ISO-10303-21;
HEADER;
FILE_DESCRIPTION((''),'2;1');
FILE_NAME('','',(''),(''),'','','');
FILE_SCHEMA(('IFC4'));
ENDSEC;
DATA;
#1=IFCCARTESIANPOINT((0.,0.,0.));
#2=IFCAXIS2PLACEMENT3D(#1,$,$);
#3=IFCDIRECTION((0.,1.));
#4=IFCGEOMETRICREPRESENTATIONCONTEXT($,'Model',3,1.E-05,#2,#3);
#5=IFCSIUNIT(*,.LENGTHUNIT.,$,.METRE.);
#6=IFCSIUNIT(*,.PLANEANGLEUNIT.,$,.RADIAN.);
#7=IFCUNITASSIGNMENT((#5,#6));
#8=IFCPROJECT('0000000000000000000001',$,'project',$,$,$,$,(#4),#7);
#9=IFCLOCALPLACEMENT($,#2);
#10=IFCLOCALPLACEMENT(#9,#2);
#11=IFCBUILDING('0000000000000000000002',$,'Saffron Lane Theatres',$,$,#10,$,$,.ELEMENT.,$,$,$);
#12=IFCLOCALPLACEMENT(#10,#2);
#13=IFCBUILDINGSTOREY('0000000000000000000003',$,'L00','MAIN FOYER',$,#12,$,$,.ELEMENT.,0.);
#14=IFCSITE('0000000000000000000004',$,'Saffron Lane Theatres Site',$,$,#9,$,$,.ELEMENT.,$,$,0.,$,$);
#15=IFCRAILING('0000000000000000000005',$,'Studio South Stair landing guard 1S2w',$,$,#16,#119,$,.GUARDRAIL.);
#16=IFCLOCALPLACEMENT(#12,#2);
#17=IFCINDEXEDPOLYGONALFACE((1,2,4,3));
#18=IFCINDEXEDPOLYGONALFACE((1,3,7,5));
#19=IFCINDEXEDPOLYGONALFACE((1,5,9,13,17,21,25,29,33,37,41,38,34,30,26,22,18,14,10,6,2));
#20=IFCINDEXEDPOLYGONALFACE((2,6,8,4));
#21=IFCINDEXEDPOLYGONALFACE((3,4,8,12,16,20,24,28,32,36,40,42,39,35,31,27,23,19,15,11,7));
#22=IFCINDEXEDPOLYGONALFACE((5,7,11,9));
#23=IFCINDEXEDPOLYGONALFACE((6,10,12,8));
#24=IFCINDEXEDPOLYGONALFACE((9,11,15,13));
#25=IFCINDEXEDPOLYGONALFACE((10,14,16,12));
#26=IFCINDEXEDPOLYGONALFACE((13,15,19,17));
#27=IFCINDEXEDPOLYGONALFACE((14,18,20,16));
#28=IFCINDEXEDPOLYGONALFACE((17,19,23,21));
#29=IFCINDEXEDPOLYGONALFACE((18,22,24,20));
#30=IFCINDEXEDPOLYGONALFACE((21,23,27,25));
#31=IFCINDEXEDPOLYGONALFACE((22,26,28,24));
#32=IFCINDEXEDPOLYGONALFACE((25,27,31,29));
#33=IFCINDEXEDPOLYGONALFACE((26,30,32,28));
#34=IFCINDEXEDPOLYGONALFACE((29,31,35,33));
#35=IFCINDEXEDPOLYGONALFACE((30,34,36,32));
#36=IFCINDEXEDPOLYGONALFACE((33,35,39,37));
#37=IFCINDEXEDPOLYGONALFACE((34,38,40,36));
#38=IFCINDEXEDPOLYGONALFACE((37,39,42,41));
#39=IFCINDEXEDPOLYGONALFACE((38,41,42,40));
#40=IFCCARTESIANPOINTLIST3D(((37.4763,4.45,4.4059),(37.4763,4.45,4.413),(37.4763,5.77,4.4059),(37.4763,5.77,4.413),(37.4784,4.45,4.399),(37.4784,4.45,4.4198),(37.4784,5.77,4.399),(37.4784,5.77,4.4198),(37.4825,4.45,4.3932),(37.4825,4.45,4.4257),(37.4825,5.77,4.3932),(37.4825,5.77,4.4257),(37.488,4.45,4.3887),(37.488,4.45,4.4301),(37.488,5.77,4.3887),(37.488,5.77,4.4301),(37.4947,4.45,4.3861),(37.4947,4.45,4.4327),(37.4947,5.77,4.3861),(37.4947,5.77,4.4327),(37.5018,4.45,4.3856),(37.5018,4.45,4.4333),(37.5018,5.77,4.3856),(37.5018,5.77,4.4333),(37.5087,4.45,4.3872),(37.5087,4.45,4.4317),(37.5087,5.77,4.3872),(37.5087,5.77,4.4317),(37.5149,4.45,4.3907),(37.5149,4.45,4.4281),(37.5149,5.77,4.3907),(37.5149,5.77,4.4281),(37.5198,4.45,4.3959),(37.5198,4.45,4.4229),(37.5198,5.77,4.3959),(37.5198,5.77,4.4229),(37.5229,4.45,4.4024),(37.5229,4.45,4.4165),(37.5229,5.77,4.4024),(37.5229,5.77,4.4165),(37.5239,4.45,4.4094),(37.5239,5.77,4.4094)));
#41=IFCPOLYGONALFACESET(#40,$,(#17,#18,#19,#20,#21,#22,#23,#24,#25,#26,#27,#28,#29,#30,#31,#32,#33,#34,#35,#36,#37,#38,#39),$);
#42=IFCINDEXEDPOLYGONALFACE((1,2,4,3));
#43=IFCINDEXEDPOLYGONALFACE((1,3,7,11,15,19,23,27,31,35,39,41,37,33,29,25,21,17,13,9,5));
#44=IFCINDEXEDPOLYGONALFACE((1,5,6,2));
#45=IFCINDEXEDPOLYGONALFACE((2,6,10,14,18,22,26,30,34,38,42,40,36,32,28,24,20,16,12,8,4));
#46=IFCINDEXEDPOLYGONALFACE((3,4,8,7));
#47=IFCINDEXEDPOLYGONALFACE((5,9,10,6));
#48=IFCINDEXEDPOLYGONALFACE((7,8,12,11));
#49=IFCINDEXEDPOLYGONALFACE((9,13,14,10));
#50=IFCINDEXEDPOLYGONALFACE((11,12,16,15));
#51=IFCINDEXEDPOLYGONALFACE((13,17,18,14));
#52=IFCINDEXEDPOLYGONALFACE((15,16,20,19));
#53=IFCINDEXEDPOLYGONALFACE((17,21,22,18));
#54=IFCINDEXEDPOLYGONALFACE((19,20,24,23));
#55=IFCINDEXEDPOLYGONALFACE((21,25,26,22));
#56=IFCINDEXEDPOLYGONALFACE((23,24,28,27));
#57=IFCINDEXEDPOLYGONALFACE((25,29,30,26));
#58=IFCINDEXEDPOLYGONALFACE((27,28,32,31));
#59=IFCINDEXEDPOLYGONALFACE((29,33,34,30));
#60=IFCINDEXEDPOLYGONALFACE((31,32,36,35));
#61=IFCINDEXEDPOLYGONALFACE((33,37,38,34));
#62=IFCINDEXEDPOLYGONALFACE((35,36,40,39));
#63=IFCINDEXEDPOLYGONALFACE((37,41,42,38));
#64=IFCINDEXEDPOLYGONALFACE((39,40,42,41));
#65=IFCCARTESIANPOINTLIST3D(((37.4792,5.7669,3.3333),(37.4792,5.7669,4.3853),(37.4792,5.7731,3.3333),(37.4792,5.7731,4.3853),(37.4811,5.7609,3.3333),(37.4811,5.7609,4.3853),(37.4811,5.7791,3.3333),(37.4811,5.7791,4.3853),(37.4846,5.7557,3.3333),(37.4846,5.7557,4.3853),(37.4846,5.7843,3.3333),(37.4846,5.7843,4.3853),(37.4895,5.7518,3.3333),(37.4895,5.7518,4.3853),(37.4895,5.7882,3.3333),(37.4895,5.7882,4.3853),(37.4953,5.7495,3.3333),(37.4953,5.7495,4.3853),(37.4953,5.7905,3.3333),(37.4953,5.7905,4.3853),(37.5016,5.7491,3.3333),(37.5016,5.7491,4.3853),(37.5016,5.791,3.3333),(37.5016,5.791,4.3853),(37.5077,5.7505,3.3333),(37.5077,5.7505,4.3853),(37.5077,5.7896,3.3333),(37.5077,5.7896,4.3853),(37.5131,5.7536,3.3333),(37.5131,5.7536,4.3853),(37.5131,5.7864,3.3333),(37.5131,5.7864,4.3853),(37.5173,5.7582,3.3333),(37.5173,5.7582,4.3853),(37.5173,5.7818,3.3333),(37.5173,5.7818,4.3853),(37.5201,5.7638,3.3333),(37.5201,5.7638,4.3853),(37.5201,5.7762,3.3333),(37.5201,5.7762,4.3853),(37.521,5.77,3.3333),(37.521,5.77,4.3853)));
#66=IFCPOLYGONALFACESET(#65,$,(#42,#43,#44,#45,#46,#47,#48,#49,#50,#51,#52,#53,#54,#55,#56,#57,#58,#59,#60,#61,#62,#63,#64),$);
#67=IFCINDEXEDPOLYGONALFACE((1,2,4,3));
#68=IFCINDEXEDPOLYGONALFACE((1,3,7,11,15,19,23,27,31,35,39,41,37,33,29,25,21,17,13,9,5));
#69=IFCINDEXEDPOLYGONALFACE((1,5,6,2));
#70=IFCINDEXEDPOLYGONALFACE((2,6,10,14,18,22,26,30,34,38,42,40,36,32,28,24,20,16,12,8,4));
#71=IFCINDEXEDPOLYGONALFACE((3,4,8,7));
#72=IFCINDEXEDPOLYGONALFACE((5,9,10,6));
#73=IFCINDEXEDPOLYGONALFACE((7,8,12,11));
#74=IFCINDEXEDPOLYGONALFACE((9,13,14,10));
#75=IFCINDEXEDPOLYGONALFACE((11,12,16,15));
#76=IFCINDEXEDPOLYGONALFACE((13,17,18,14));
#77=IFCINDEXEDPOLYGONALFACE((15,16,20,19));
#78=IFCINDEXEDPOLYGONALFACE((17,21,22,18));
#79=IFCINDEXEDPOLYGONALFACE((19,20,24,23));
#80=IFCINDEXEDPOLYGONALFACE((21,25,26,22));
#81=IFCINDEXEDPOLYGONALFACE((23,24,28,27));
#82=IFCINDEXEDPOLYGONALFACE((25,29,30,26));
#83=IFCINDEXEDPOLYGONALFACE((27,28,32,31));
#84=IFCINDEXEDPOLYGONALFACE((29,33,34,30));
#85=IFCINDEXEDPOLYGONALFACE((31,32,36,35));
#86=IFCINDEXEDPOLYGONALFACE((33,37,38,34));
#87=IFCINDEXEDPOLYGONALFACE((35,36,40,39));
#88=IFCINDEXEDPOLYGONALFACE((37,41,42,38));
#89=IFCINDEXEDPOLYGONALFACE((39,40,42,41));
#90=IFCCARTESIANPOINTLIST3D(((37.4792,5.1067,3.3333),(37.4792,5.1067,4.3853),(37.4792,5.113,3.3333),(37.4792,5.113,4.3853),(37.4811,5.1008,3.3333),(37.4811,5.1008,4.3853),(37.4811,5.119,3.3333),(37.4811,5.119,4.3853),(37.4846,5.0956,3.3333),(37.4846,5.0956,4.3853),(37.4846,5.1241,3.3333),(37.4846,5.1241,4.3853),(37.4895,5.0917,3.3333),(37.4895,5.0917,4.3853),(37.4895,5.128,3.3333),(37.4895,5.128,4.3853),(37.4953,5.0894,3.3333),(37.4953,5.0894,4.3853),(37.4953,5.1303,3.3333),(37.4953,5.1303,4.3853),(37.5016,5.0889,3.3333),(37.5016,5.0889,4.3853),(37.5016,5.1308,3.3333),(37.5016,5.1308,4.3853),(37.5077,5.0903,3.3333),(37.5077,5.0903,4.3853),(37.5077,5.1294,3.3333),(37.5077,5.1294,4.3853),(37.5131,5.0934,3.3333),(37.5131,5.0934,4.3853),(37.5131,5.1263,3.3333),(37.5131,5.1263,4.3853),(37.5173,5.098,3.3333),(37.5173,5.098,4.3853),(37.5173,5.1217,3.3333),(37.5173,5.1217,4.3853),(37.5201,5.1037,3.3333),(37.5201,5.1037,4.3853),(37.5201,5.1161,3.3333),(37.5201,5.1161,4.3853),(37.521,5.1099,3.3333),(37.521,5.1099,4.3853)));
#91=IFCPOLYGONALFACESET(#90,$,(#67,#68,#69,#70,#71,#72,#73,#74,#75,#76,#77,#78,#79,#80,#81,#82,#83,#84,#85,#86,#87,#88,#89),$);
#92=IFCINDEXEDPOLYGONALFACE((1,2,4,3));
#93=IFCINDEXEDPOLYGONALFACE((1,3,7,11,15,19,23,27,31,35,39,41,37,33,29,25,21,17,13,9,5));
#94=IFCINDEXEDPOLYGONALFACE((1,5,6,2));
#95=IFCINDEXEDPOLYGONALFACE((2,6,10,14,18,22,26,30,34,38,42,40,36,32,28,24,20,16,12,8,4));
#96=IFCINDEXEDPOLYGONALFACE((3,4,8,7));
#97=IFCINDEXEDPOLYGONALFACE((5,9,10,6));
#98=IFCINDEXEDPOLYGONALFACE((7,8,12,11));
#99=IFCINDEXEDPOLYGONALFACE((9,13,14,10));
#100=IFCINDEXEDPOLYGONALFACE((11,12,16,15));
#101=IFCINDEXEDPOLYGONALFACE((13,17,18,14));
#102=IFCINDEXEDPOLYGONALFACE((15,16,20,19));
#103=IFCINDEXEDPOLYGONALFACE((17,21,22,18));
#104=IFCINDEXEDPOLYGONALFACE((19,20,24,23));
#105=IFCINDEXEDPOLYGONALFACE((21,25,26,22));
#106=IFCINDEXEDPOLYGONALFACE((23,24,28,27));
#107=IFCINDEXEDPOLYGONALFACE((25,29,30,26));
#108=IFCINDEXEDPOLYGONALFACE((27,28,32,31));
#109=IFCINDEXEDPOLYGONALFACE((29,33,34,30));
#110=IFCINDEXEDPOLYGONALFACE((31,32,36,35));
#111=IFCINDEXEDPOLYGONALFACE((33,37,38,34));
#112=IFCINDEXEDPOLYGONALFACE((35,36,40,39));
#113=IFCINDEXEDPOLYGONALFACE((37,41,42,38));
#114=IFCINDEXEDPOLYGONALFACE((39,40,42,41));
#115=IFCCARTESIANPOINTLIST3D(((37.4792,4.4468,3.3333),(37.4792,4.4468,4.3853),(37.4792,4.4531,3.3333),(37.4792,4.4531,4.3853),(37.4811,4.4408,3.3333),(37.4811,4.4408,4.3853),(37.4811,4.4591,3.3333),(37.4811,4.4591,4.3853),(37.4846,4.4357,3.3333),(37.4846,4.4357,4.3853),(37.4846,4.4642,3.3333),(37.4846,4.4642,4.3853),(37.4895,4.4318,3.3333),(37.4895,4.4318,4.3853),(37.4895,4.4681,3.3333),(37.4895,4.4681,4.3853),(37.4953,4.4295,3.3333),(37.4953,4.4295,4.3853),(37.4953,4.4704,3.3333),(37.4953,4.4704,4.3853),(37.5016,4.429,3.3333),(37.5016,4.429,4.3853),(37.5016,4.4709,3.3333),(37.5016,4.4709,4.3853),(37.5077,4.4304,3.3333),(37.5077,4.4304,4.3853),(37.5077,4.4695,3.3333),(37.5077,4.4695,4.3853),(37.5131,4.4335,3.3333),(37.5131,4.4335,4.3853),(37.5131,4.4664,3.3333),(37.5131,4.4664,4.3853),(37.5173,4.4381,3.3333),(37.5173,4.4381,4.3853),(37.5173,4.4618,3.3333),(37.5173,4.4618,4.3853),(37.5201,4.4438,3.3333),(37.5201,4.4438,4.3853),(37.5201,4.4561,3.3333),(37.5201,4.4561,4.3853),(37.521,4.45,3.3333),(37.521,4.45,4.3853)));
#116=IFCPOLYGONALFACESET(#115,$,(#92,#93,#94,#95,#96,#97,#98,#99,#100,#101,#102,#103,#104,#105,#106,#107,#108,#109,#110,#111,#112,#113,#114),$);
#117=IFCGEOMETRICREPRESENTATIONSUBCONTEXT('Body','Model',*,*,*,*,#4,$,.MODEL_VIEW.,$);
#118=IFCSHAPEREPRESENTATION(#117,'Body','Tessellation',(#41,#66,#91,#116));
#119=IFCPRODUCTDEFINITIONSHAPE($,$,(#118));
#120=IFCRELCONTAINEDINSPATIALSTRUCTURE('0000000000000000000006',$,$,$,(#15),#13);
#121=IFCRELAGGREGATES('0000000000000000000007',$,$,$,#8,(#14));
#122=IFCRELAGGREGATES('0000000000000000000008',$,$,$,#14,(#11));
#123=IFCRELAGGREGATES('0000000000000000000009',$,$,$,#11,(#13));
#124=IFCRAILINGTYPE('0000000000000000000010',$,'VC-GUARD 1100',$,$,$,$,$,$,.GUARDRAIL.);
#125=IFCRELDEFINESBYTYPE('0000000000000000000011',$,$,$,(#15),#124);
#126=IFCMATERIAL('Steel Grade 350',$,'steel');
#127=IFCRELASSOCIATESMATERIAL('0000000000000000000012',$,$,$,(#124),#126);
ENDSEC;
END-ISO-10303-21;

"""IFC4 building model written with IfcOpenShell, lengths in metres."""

from ifc_helpers import new_model, si_unit, direction, frame, origin, origin_2d, place, context, subcontext, project, spatial, circle, extrude, material, type_object, element, save


model = new_model("IFC4")

# Units and contexts
model_context = context("Model", 3, precision=1e-05, world=origin(), true_north=direction((0.0, 1.0)))
body_context = subcontext(model_context, "Body", "Model", "MODEL_VIEW")
ifc_project = project(units=[si_unit("LENGTHUNIT", "METRE"), si_unit("PLANEANGLEUNIT", "RADIAN")], contexts=[model_context])

# Site, building, storey
site_placement = place(None, origin())
site = spatial("IfcSite", under=ifc_project, at=site_placement, Name="Saffron Lane Theatres Site", CompositionType="ELEMENT", RefElevation=0.0)
building_placement = place(site_placement, origin())
building = spatial("IfcBuilding", under=site, at=building_placement, Name="Saffron Lane Theatres", CompositionType="ELEMENT")
storey_placement = place(building_placement, origin())
storey = spatial("IfcBuildingStorey", under=building, at=storey_placement, Name="L00", Description="MAIN FOYER", CompositionType="ELEMENT", Elevation=0.0)

# Railing
ifc_material_1 = material(Name="Steel Grade 350", Category="steel")
railing_type_1 = type_object("IfcRailingType", Name="VC-GUARD 1100", PredefinedType="GUARDRAIL", material=ifc_material_1)
railing_1_placement = place(storey_placement, frame((37.5, 5.77, 3.3333)))
element("IfcRailing", 1, at=railing_1_placement, inside=storey, type_object=railing_type_1, Name="Studio South Stair landing guard 1S2w", PredefinedType="GUARDRAIL", context=body_context, shape_type="SweptSolid", body=[
    extrude(circle(Radius=0.0239, at=origin_2d()), frame((0.0, 0.0, 1.0762), z_axis=(0.0, -1.0, 0.0), x_axis=(1.0, 0.0, 0.0)), (0.0, 0.0, 1.0), 1.3201),
    extrude(circle(Radius=0.021, at=origin_2d()), origin(), (0.0, 0.0, 1.0), 1.052),
    extrude(circle(Radius=0.021, at=origin_2d()), frame((0.0, -0.6602, 0.0)), (0.0, 0.0, 1.0), 1.052),
    extrude(circle(Radius=0.021, at=origin_2d()), frame((0.0, -1.3201, 0.0)), (0.0, 0.0, 1.0), 1.052),
])

save(model, "model.ifc")
